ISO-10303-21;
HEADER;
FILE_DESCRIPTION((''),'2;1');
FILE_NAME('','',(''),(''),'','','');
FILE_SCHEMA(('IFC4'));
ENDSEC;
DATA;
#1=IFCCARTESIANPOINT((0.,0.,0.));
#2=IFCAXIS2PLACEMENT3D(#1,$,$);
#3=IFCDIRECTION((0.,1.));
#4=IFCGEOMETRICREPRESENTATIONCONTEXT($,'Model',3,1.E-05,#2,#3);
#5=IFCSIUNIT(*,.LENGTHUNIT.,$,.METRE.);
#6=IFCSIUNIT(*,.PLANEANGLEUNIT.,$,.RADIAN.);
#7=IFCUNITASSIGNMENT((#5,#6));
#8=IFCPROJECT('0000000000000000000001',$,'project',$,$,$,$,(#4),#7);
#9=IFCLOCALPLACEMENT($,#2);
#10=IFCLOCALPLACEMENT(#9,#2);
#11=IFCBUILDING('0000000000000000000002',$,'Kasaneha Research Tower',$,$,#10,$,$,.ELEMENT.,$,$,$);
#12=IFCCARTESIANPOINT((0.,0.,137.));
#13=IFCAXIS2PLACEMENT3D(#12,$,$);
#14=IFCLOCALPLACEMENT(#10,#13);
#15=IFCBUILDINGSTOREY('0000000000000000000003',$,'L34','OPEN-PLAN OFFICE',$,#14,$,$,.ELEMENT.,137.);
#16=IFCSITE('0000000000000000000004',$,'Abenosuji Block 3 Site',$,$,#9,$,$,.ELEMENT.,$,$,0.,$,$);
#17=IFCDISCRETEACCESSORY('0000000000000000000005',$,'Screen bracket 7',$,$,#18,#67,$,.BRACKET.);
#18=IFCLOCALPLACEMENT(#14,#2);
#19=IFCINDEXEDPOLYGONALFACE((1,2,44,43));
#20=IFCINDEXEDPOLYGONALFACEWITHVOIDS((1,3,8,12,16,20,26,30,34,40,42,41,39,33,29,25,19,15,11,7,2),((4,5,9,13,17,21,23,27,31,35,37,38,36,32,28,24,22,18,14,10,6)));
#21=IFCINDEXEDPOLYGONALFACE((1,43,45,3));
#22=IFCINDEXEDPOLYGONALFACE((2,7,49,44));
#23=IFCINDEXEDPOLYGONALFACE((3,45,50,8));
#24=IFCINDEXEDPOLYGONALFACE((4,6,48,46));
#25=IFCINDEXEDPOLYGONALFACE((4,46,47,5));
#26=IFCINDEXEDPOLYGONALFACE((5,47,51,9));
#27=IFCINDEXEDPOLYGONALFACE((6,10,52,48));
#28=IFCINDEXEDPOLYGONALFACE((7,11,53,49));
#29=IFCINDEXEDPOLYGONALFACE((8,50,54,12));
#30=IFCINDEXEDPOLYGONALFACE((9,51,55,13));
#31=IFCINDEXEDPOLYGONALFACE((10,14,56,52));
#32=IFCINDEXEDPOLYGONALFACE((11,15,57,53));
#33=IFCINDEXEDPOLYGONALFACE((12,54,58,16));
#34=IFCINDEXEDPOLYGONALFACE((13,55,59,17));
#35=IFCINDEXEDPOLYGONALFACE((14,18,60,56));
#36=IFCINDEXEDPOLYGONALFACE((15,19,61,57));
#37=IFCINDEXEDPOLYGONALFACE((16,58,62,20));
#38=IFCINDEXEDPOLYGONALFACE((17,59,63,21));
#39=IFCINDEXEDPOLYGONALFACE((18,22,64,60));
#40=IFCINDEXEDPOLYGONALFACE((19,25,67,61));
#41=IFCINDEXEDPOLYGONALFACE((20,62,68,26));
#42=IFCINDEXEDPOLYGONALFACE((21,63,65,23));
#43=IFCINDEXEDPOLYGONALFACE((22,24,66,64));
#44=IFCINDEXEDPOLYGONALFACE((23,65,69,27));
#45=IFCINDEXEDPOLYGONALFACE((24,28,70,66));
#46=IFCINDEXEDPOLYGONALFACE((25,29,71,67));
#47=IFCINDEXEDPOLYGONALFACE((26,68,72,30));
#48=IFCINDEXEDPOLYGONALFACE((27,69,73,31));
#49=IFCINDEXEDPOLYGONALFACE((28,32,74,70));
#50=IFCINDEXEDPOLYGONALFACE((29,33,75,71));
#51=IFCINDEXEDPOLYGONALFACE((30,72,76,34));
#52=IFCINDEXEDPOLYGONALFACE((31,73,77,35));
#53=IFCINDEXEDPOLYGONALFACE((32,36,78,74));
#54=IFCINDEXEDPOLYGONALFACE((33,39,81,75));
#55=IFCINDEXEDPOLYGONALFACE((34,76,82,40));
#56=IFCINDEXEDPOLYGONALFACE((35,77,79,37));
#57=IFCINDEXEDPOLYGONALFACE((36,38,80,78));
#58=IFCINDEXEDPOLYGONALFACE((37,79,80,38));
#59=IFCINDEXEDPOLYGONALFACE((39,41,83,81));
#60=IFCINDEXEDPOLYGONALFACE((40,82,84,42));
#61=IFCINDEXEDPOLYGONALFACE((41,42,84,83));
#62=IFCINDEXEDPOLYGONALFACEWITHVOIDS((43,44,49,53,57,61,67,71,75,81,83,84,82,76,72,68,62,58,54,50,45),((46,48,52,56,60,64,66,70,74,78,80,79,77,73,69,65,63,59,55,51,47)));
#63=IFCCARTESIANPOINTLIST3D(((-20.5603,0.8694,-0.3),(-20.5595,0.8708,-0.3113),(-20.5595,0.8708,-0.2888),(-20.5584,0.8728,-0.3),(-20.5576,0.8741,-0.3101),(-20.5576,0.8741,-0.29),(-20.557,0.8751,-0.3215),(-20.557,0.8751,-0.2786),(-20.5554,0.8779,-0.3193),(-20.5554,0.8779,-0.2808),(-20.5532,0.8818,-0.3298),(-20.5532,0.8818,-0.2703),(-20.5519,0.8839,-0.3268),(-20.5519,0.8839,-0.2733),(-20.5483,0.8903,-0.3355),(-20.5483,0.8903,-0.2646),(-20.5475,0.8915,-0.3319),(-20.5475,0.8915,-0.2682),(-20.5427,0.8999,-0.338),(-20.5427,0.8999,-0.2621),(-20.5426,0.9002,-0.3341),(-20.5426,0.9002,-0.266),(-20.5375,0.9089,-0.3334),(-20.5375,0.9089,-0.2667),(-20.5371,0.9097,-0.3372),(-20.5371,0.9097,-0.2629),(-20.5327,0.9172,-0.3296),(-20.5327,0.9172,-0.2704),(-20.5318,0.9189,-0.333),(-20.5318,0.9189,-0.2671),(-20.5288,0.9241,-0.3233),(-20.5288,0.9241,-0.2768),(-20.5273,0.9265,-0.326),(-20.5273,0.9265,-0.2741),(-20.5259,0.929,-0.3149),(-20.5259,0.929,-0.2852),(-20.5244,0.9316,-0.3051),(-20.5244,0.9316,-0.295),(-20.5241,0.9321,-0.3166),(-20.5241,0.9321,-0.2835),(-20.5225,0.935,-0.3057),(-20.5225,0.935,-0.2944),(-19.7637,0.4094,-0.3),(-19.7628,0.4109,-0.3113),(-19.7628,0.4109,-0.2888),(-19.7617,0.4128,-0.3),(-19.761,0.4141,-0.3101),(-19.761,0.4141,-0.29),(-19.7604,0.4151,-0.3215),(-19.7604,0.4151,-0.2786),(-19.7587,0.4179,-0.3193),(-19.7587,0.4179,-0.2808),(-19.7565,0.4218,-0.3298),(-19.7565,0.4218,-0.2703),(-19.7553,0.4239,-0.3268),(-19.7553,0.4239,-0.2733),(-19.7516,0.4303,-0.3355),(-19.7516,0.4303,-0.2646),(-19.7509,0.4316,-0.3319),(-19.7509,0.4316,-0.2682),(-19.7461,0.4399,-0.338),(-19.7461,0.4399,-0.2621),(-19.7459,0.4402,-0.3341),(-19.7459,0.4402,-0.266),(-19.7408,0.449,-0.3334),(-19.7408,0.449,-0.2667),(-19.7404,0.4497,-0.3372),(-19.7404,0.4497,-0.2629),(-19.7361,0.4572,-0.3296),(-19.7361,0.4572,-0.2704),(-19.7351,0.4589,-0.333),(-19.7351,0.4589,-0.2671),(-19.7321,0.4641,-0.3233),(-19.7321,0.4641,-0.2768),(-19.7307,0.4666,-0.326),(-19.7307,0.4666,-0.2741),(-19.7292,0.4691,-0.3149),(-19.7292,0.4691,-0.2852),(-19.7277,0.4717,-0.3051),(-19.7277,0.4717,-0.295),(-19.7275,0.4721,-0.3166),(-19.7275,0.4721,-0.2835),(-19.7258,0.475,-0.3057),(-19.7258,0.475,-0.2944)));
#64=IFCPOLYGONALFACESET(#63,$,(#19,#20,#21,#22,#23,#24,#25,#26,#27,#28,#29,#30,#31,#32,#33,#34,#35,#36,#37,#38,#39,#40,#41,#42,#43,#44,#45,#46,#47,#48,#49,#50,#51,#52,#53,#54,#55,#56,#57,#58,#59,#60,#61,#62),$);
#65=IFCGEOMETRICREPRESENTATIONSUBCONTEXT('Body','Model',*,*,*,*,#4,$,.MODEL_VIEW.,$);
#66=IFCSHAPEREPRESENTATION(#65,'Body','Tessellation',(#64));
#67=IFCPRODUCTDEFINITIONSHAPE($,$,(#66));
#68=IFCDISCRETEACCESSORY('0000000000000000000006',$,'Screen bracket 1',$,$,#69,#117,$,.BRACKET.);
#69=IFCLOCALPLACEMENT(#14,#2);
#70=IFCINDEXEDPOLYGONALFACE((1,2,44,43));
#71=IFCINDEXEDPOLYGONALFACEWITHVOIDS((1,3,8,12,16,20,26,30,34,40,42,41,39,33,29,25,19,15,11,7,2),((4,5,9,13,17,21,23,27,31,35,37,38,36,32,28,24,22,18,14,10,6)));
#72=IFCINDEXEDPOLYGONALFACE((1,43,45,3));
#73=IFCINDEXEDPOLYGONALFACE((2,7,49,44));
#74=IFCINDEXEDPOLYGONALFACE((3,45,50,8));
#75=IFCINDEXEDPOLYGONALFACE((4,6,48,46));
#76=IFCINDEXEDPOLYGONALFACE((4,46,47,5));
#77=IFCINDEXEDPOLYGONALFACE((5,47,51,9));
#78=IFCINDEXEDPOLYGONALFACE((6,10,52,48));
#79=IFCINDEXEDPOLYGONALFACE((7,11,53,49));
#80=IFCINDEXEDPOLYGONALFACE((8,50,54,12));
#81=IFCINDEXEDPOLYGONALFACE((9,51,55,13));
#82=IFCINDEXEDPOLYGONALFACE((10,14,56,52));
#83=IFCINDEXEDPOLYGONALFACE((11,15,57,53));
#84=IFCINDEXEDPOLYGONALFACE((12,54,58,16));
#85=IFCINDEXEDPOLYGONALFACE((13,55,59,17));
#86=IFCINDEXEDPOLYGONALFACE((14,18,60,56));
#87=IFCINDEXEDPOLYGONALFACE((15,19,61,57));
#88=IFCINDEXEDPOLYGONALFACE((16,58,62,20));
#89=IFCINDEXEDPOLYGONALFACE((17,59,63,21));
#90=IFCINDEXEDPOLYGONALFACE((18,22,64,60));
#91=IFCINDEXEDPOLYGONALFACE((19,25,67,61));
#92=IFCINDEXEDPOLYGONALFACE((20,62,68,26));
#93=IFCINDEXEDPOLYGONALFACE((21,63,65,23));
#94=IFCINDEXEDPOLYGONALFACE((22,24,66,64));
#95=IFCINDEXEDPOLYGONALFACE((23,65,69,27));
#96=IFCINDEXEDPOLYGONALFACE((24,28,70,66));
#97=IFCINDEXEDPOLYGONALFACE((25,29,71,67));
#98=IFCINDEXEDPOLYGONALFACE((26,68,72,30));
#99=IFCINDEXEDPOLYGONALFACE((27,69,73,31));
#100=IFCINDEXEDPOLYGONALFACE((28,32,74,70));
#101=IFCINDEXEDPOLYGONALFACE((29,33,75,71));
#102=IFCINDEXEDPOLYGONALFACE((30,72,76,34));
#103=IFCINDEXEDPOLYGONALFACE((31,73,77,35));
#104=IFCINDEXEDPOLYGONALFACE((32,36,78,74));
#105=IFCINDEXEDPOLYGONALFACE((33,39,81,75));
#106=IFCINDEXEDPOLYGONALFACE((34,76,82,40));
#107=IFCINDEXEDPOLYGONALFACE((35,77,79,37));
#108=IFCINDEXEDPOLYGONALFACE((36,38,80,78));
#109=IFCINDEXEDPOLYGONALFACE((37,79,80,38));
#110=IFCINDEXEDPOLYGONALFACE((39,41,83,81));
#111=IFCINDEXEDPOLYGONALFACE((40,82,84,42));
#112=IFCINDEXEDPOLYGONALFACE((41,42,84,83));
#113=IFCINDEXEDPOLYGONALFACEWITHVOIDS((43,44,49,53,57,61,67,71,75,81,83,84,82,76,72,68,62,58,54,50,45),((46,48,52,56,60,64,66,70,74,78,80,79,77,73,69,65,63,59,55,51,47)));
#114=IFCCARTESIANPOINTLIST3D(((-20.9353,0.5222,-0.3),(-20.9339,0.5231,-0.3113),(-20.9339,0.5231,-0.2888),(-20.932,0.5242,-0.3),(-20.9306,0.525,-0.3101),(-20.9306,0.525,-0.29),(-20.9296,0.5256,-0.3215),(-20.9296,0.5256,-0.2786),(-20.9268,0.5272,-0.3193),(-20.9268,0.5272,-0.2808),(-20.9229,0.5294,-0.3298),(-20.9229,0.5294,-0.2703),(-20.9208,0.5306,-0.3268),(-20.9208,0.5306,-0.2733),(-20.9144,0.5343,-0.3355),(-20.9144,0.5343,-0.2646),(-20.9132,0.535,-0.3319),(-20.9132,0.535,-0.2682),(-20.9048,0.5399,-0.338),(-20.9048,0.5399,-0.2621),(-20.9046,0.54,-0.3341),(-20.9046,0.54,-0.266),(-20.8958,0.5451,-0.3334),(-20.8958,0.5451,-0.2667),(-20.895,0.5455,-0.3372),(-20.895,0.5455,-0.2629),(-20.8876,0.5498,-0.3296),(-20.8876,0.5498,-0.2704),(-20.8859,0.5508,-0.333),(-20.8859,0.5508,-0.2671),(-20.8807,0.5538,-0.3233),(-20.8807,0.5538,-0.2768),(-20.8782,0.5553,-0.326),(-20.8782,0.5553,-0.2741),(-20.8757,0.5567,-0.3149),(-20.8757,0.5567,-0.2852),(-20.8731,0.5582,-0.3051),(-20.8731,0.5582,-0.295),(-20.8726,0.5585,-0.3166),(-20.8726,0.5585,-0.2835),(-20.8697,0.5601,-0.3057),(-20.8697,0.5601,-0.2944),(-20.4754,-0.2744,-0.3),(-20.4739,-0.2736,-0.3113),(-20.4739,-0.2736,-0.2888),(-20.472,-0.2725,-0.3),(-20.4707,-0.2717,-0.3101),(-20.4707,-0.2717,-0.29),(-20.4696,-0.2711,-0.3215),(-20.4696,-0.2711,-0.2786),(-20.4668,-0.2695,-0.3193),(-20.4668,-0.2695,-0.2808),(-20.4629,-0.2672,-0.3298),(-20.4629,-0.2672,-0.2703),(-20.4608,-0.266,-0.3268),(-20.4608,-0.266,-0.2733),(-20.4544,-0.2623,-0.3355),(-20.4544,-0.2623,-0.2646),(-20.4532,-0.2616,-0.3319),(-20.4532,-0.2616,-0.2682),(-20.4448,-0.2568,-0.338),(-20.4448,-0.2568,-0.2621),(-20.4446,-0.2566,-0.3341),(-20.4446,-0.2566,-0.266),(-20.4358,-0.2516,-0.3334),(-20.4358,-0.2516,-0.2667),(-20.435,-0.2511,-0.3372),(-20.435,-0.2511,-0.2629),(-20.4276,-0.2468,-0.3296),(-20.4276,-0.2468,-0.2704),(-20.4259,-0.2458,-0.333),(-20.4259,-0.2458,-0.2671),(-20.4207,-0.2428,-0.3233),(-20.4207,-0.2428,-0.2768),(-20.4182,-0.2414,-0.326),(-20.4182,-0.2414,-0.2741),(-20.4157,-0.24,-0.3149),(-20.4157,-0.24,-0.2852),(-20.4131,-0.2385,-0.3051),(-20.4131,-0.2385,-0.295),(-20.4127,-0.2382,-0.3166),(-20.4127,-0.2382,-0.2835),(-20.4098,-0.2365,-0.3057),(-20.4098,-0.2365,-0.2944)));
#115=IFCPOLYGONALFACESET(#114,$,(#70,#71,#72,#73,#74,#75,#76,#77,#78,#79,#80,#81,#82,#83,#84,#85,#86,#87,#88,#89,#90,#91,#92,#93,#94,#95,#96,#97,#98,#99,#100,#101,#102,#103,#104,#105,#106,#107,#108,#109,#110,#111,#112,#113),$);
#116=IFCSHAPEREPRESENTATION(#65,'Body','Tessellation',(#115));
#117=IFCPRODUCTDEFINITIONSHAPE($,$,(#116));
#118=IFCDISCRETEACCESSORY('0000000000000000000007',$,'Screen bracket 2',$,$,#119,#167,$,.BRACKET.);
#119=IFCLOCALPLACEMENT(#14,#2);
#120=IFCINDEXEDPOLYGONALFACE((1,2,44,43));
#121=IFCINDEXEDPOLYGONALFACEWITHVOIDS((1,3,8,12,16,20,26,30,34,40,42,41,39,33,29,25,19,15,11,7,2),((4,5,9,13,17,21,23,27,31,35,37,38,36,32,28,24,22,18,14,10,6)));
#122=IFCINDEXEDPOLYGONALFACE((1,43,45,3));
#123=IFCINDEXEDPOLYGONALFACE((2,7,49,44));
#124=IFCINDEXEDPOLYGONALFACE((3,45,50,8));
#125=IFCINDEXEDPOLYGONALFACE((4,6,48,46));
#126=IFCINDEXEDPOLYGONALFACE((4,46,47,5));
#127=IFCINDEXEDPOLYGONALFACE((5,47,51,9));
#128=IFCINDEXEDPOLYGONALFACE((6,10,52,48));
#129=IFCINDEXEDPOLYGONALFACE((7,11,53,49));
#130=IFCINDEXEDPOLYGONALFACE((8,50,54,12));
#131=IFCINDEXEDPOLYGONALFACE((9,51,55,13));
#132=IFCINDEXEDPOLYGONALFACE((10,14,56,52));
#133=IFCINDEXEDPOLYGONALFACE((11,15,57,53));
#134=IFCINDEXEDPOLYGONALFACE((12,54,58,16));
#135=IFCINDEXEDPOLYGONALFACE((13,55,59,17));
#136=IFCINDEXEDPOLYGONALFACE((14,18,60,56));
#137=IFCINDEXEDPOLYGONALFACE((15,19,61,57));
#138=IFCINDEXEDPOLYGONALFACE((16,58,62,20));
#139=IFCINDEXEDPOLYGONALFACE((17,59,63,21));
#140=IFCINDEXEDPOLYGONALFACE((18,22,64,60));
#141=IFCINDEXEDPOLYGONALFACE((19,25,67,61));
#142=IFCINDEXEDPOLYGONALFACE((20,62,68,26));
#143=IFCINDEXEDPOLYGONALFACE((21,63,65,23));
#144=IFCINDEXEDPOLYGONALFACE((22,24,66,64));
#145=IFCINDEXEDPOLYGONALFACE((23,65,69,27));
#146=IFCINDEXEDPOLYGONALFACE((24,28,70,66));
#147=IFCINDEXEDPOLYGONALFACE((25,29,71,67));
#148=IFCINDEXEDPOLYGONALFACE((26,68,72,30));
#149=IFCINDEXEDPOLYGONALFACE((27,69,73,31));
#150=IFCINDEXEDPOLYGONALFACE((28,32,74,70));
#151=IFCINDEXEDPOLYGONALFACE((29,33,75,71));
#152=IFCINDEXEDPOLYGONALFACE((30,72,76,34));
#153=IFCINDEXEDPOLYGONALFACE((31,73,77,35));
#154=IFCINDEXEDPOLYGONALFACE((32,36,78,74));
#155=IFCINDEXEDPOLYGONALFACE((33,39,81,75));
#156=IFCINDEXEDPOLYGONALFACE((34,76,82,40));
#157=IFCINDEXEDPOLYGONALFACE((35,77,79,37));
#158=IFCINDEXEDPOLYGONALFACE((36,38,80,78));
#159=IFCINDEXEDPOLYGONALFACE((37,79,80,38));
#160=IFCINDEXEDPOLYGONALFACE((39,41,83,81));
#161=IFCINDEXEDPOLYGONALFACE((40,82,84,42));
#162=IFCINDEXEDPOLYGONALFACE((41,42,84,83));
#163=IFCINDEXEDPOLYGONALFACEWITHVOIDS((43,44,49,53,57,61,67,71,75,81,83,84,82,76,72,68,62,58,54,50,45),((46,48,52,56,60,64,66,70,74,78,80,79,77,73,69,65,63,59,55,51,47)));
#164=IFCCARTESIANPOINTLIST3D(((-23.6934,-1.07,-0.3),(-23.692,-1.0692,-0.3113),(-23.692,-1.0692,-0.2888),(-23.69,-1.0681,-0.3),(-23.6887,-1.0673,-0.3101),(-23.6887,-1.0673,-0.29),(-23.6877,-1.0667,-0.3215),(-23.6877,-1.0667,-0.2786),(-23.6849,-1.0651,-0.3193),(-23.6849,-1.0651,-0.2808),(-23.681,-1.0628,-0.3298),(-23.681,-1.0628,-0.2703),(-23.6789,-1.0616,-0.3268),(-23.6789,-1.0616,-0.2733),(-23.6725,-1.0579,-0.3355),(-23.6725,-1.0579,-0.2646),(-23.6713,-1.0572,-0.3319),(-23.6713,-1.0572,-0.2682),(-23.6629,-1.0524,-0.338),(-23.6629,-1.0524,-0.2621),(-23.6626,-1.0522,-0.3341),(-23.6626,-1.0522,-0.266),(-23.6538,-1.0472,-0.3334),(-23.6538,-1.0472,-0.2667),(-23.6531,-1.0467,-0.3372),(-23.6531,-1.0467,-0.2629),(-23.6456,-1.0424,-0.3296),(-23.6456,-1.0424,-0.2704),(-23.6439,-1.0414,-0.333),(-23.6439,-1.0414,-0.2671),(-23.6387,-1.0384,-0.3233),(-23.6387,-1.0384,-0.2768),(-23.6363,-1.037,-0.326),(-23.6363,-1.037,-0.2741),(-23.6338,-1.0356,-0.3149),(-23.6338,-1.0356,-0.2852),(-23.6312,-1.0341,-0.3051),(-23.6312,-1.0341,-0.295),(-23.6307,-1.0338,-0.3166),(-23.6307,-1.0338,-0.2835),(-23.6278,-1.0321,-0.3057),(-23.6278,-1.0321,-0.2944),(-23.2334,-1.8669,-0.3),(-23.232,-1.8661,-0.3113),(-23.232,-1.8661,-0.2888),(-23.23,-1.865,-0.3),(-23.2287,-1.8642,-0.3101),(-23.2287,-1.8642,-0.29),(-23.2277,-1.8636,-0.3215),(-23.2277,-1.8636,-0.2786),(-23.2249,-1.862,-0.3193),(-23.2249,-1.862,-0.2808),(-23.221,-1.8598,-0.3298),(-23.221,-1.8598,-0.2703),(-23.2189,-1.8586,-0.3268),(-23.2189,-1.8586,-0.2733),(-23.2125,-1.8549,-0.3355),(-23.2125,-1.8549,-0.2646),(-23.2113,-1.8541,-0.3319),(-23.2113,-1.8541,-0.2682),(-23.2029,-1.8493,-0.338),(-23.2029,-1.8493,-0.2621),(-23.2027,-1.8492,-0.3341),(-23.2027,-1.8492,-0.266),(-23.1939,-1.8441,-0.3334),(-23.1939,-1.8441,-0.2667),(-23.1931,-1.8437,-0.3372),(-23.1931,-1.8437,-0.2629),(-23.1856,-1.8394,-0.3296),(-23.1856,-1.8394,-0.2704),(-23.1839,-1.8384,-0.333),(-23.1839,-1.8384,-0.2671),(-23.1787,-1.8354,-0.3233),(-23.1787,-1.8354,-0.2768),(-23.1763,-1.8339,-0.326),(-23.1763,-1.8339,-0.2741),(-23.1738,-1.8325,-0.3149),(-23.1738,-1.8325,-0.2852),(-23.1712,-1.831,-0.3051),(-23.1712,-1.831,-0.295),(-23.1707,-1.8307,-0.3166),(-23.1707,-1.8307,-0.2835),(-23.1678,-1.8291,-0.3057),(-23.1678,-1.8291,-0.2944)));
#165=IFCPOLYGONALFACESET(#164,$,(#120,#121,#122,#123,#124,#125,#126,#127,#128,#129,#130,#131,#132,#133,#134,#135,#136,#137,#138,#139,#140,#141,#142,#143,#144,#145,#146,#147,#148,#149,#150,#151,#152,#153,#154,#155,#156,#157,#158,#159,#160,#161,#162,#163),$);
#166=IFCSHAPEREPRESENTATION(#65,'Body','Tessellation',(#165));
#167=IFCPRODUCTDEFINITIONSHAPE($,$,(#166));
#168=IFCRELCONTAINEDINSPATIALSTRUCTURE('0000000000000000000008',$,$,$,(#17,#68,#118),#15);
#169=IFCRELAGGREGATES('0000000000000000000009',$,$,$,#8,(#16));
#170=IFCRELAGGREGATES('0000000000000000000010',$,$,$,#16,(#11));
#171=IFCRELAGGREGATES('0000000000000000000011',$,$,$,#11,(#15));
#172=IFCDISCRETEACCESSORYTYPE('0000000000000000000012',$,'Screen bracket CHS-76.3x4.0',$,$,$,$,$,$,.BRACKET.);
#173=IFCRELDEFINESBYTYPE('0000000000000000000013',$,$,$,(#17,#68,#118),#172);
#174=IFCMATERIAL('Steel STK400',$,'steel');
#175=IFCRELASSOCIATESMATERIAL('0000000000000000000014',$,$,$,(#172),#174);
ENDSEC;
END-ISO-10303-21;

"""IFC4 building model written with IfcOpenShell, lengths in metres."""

from ifc_helpers import new_model, si_unit, direction, frame, origin, origin_2d, place, context, subcontext, project, spatial, hollow_circle, extrude, material, material_profile, profile_set, type_object, element, save


model = new_model("IFC4")

# Units and contexts
model_context = context("Model", 3, precision=1e-05, world=origin(), true_north=direction((0.0, 1.0)))
body_context = subcontext(model_context, "Body", "Model", "MODEL_VIEW")
ifc_project = project(units=[si_unit("LENGTHUNIT", "METRE"), si_unit("PLANEANGLEUNIT", "RADIAN")], contexts=[model_context])

# Site, building, storey
site_placement = place(None, origin())
site = spatial("IfcSite", under=ifc_project, at=site_placement, Name="Abenosuji Block 3 Site", CompositionType="ELEMENT", RefElevation=0.0)
building_placement = place(site_placement, origin())
building = spatial("IfcBuilding", under=site, at=building_placement, Name="Kasaneha Research Tower", CompositionType="ELEMENT")
storey_placement = place(building_placement, frame((0.0, 0.0, 137.0)))
storey = spatial("IfcBuildingStorey", under=building, at=storey_placement, Name="L34", Description="OPEN-PLAN OFFICE", CompositionType="ELEMENT", Elevation=137.0)

# Discrete accessories
ifc_material_1 = material(Name="Steel STK400", Category="steel")
ifc_material_profile_1 = material_profile(ifc_material_1, hollow_circle(Radius=0.0381, WallThickness=0.0039, at=origin_2d()), Name="CHS-76.3x4.0")
ifc_profile_set_1 = profile_set([ifc_material_profile_1], Name="Steel STK400")
discrete_accessory_type = type_object("IfcDiscreteAccessoryType", Name="Screen bracket CHS-76.3x4.0", PredefinedType="BRACKET", material=ifc_profile_set_1)
for number, where, z_axis, x_axis, name in (
    (1, (-19.7446, 0.4424, -0.3), (-0.866013, 0.500021, 0.0), (-0.500021, -0.866013, 0.0), "Screen bracket 7"),
    (2, (-20.4424, -0.2554, -0.3), (-0.500021, 0.866013, 0.0), (-0.866013, -0.500021, 0.0), "Screen bracket 1"),
):
    element("IfcDiscreteAccessory", number, at=place(storey_placement, frame(where, z_axis=z_axis, x_axis=x_axis)), inside=storey, type_object=discrete_accessory_type, Name=name, PredefinedType="BRACKET", context=body_context, shape_type="SweptSolid", body=[
        extrude(hollow_circle(Radius=0.0381, WallThickness=0.0039, at=origin_2d()), origin(), (0.0, 0.0, 1.0), 0.9199),
    ])
discrete_accessory_placement = place(storey_placement, frame((-23.2004, -1.8479, -0.3), z_axis=(-0.499906, 0.86608, 0.0), x_axis=(-0.86608, -0.499906, 0.0)))
element("IfcDiscreteAccessory", 3, at=discrete_accessory_placement, inside=storey, type_object=discrete_accessory_type, Name="Screen bracket 2", PredefinedType="BRACKET", context=body_context, shape_type="SweptSolid", body=[
    extrude(hollow_circle(Radius=0.0381, WallThickness=0.0039, at=origin_2d()), origin(), (0.0, 0.0, 1.0), 0.9202),
])

save(model, "model.ifc")
